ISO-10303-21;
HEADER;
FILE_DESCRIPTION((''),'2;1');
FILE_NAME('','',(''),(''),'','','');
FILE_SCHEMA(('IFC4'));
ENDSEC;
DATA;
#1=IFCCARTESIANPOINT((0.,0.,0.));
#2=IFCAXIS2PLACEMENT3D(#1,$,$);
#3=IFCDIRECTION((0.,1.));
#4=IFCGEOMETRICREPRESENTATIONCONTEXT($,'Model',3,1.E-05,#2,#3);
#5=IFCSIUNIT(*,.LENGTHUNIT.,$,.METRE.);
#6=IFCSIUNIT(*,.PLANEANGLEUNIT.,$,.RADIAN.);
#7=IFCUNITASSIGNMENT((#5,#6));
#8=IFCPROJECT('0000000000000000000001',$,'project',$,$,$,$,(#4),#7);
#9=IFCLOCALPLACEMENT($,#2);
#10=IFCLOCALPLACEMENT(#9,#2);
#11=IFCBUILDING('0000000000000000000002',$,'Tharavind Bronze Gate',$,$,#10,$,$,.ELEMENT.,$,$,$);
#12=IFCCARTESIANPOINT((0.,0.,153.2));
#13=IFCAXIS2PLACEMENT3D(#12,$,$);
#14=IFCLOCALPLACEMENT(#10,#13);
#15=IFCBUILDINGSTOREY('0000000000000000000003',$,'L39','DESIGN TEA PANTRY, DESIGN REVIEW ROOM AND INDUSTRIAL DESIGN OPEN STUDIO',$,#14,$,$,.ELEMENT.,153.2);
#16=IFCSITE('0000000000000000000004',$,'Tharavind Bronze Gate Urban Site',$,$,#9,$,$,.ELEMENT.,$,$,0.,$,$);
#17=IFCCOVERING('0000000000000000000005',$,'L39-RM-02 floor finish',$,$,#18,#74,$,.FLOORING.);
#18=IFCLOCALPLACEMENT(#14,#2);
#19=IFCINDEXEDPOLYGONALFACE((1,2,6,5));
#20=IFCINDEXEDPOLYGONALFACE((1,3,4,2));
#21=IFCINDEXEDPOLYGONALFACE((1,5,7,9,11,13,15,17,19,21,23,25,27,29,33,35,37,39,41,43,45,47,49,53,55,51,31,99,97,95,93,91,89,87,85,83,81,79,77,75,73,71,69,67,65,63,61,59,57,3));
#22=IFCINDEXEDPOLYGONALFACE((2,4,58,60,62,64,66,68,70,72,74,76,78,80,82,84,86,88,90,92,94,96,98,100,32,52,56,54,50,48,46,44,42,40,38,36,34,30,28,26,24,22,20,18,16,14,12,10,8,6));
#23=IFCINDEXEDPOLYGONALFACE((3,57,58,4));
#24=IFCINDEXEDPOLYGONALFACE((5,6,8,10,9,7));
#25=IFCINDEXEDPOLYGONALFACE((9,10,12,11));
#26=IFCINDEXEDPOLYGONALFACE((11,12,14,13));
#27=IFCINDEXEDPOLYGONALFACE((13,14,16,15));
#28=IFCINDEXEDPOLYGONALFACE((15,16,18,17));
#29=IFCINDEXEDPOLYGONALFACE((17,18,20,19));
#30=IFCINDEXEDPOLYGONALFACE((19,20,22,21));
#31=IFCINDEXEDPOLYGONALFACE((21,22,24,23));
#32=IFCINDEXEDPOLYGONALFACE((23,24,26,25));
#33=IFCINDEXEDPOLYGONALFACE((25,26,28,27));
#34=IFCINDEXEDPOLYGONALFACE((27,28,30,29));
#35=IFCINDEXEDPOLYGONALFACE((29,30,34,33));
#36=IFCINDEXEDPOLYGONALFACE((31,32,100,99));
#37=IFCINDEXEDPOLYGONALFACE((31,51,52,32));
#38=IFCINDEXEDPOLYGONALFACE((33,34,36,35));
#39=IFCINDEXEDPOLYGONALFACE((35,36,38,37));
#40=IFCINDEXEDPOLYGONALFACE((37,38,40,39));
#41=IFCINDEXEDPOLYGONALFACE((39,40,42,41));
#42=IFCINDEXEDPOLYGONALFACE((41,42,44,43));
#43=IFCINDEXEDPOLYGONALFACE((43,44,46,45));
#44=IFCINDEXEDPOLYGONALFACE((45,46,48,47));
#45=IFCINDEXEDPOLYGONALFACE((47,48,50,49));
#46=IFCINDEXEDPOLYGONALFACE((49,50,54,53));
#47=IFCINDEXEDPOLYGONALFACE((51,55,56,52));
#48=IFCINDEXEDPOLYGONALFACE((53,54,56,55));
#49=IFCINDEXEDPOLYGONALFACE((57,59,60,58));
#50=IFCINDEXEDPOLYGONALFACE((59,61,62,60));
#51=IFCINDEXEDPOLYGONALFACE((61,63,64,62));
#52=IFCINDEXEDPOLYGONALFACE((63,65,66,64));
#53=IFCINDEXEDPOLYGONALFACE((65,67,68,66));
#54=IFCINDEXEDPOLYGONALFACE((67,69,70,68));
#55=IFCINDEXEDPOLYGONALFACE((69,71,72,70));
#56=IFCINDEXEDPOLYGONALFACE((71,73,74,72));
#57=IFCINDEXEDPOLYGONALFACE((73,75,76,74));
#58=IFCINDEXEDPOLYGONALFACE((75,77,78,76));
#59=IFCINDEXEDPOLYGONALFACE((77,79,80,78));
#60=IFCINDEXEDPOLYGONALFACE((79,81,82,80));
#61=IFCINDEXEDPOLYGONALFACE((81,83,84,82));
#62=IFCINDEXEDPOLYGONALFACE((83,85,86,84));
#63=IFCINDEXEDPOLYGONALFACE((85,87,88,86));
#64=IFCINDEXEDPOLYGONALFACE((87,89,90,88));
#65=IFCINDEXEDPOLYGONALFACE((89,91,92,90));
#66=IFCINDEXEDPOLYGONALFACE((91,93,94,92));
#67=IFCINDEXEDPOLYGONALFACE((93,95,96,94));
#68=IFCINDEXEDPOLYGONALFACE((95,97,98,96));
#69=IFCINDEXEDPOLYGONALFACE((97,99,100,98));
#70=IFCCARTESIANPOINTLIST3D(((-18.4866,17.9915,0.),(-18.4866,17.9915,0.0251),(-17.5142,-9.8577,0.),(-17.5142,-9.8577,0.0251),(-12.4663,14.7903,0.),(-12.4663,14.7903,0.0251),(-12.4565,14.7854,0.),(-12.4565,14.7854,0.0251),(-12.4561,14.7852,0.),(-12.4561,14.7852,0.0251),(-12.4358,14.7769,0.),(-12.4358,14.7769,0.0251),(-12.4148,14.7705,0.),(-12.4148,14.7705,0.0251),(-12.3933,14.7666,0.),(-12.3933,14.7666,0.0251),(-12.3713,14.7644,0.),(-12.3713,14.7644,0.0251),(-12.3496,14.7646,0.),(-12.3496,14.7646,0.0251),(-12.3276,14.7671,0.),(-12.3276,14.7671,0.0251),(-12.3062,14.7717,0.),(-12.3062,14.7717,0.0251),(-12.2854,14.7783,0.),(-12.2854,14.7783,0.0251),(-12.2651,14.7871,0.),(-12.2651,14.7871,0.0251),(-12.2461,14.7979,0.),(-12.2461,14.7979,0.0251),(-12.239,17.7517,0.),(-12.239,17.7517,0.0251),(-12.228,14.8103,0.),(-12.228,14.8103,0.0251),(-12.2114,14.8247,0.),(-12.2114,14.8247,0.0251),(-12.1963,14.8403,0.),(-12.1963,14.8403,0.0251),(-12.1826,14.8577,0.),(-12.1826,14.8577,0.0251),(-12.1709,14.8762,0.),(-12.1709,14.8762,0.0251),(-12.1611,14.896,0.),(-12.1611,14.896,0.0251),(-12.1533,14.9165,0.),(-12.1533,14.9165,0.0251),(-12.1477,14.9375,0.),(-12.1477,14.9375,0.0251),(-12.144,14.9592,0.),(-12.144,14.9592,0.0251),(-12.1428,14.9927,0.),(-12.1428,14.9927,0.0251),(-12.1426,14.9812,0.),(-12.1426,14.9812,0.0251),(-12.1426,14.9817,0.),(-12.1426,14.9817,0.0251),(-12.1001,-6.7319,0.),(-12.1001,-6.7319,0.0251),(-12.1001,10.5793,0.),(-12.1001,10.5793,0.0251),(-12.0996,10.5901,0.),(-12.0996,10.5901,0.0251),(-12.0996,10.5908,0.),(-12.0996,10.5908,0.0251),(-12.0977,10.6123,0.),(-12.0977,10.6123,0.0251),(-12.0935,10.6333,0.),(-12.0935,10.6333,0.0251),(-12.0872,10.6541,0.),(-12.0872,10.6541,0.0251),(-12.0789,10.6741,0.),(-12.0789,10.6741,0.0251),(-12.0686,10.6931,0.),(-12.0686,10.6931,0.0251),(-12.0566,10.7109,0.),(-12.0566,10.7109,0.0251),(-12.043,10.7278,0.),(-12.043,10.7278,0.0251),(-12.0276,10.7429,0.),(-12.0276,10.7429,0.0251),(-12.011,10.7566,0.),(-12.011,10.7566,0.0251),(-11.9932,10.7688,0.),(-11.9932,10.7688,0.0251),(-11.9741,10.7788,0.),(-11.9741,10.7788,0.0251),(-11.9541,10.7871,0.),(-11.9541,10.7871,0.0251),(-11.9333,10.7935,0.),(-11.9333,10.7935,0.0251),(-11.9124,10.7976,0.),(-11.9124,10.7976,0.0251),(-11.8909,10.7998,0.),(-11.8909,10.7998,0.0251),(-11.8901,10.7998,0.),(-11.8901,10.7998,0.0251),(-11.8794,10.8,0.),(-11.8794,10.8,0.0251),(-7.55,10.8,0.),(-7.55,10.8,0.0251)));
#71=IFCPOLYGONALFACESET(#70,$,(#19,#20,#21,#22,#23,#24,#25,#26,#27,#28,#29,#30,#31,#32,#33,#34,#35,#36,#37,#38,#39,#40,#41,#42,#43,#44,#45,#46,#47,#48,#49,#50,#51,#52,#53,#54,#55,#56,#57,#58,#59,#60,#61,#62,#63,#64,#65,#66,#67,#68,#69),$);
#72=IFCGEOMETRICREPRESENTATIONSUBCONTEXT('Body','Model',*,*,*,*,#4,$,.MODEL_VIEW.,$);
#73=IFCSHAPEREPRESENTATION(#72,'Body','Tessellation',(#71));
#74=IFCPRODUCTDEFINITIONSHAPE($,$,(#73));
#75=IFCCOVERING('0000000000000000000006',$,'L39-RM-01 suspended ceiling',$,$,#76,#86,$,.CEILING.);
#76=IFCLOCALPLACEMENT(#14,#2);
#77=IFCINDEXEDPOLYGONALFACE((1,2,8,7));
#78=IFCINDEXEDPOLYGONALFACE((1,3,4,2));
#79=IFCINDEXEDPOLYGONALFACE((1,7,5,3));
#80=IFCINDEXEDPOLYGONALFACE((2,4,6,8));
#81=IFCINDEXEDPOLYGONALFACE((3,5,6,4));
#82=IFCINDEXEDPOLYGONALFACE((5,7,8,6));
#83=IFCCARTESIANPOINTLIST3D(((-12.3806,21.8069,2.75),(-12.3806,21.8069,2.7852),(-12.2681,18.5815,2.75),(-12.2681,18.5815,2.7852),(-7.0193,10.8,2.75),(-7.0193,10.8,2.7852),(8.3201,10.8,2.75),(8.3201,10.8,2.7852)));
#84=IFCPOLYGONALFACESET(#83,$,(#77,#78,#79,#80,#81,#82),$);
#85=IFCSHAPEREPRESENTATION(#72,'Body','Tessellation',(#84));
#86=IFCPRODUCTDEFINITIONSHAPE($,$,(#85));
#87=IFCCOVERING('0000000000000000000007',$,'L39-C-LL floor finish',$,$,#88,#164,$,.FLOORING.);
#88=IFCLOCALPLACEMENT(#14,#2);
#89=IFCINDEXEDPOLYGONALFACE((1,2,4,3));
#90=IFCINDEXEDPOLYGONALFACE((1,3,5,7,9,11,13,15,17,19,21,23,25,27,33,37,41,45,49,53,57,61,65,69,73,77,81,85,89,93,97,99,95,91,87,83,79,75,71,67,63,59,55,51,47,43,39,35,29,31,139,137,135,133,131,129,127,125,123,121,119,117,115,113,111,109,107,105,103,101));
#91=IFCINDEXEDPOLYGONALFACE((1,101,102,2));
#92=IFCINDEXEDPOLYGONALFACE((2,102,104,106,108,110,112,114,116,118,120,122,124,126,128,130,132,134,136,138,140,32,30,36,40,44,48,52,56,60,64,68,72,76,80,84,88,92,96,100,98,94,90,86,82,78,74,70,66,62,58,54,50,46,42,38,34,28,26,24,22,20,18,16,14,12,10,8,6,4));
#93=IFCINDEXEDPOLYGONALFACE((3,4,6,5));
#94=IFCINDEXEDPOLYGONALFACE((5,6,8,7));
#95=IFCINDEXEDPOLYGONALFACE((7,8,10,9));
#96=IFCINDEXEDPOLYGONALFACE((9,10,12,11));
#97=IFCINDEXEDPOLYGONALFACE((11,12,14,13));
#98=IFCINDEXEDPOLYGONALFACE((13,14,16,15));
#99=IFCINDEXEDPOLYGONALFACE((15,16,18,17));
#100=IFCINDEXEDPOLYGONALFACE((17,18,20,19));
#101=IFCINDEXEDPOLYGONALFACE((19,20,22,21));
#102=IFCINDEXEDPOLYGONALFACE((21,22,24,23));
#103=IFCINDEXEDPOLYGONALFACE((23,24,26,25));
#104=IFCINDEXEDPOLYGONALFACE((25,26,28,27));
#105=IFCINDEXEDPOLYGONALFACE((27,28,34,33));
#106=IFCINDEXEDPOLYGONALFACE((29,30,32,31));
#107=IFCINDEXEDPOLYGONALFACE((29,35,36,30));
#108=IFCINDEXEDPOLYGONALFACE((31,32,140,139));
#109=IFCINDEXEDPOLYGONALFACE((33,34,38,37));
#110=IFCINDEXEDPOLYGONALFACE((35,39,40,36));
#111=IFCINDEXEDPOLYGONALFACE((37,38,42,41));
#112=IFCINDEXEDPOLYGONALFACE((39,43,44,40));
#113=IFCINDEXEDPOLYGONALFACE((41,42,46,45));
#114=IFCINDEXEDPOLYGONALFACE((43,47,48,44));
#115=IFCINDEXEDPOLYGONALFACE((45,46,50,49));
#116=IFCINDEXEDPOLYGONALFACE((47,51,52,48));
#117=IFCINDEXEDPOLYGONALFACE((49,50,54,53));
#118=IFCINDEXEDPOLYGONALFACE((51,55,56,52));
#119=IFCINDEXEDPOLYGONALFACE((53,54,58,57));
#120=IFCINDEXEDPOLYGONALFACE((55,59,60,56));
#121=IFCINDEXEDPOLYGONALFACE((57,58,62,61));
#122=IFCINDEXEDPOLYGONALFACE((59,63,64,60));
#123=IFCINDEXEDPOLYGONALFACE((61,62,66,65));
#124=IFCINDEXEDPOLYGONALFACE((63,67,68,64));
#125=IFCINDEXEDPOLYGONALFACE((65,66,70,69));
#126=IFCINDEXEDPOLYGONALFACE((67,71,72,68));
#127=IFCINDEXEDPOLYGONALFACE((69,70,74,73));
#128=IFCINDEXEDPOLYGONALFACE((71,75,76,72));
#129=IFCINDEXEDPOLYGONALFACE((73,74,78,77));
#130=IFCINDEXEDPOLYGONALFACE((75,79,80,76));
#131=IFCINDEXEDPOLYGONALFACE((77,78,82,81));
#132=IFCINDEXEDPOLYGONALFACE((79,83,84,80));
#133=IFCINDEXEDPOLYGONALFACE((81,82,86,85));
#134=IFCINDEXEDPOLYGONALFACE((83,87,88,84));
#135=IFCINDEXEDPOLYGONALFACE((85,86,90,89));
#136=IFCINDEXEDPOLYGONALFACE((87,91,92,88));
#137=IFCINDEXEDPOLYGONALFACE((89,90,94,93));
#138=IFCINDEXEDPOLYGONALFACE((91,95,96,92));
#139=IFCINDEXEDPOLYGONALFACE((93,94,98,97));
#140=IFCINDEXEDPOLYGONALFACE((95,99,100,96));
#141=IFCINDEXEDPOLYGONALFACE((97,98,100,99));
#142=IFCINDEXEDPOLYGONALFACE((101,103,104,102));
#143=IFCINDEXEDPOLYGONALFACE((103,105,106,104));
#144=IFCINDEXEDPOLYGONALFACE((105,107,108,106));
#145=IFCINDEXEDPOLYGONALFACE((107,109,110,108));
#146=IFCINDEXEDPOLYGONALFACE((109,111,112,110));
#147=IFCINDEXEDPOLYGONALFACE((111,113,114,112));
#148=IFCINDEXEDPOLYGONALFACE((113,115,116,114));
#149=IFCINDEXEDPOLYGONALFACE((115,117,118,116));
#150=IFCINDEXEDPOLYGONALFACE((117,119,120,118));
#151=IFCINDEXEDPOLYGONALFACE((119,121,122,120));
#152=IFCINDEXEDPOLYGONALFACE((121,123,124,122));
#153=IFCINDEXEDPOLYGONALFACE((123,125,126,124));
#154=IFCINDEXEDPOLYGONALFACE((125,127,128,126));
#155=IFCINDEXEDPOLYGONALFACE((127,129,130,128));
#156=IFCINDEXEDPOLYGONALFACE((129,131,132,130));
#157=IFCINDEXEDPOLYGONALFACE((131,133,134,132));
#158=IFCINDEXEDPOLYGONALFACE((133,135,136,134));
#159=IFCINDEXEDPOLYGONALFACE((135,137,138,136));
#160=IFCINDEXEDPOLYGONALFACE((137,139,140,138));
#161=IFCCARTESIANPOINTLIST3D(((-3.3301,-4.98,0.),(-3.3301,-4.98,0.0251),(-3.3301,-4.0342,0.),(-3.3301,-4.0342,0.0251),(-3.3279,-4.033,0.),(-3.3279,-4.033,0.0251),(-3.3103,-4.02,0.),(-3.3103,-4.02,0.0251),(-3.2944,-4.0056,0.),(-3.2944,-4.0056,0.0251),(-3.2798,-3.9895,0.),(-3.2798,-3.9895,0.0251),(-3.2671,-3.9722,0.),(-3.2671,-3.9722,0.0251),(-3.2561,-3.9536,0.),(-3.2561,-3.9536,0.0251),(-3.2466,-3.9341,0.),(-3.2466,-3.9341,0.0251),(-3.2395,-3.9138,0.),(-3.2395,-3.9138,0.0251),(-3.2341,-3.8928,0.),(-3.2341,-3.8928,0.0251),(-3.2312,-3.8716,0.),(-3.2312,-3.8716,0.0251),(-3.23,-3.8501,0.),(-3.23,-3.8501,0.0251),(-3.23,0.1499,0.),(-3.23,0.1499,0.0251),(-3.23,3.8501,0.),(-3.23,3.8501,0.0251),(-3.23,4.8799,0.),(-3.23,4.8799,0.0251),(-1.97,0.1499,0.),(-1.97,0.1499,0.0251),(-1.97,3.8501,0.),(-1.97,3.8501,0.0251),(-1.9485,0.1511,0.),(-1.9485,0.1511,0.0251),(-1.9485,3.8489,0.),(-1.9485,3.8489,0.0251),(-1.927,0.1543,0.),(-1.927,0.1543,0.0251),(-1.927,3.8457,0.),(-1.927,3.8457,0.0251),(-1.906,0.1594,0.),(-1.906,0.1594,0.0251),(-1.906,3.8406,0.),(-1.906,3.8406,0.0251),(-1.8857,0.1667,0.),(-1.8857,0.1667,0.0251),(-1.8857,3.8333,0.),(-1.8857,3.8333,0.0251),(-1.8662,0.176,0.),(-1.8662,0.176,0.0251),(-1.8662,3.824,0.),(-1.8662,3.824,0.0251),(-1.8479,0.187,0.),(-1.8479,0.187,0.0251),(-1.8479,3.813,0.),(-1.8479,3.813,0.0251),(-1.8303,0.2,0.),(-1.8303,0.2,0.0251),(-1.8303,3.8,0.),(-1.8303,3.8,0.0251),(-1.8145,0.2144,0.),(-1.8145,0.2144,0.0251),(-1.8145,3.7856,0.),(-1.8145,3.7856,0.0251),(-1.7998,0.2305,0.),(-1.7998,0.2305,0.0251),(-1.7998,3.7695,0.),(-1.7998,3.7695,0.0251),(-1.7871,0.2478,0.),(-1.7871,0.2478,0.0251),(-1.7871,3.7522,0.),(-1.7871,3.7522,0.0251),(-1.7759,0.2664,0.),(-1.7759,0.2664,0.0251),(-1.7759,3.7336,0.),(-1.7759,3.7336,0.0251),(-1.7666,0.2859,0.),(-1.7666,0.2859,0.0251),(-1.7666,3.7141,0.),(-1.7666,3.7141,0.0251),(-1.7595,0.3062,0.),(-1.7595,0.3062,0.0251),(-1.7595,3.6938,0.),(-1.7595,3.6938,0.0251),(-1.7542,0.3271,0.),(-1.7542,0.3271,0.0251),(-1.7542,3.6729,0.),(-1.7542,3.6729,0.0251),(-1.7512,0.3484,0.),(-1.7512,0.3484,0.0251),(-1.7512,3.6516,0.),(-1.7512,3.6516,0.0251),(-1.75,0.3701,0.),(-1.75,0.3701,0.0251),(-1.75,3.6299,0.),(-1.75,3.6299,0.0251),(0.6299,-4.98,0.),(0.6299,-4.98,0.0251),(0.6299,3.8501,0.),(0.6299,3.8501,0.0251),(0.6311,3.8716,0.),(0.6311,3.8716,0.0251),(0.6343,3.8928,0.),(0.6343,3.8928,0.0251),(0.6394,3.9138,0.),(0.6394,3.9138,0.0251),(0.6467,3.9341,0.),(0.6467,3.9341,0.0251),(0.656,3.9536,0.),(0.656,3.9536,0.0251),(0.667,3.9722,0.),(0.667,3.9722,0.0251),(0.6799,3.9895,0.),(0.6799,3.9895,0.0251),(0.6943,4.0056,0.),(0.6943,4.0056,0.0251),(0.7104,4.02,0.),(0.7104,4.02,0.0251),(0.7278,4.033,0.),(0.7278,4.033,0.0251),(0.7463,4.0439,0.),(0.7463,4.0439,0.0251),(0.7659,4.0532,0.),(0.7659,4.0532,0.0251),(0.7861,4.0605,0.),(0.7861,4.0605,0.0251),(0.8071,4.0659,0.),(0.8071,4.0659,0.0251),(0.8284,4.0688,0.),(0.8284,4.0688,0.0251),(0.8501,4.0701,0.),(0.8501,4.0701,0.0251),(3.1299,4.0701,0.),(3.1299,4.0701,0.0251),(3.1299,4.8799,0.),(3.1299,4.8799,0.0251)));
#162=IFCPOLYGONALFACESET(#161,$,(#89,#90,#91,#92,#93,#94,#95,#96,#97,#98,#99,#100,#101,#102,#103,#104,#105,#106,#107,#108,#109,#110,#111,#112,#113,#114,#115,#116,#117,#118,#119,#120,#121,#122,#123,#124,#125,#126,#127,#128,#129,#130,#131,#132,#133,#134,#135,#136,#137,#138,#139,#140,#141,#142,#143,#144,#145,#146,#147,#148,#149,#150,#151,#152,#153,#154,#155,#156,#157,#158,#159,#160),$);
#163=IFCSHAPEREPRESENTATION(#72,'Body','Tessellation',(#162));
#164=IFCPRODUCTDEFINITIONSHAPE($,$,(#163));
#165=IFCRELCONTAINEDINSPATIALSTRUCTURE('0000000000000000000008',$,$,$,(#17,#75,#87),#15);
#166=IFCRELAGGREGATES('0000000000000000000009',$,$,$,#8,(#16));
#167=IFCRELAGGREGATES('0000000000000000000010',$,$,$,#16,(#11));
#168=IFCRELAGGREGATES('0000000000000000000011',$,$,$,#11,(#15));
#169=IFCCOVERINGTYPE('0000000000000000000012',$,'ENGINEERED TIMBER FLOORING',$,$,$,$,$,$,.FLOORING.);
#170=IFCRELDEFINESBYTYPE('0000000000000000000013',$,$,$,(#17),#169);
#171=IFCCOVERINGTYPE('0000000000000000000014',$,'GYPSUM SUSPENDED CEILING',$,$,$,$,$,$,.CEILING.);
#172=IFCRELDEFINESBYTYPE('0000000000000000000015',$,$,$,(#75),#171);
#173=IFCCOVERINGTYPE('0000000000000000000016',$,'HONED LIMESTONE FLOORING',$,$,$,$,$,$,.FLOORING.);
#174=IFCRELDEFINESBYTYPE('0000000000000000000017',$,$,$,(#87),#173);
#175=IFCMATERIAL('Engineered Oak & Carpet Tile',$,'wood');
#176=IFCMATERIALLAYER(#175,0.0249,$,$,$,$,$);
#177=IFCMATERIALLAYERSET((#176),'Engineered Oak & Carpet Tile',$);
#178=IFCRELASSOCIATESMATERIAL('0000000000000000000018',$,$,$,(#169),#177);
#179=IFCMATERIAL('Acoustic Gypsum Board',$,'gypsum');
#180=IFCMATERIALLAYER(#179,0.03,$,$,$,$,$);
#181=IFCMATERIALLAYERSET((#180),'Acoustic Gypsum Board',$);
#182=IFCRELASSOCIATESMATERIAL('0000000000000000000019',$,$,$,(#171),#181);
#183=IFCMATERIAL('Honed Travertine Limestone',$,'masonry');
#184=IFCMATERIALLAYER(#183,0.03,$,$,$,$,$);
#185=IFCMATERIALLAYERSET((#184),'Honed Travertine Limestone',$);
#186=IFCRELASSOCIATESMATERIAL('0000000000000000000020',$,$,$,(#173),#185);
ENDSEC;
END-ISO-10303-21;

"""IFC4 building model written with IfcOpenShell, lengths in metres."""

from ifc_helpers import new_model, si_unit, direction, frame, origin, place, context, subcontext, project, spatial, polyline, outline, extrude, material, layer, layer_set, type_object, element, save


model = new_model("IFC4")

# Units and contexts
model_context = context("Model", 3, precision=1e-05, world=origin(), true_north=direction((0.0, 1.0)))
body_context = subcontext(model_context, "Body", "Model", "MODEL_VIEW")
ifc_project = project(units=[si_unit("LENGTHUNIT", "METRE"), si_unit("PLANEANGLEUNIT", "RADIAN")], contexts=[model_context])

# Site, building, storey
site_placement = place(None, origin())
site = spatial("IfcSite", under=ifc_project, at=site_placement, Name="Tharavind Bronze Gate Urban Site", CompositionType="ELEMENT", RefElevation=0.0)
building_placement = place(site_placement, origin())
building = spatial("IfcBuilding", under=site, at=building_placement, Name="Tharavind Bronze Gate", CompositionType="ELEMENT")
storey_placement = place(building_placement, frame((0.0, 0.0, 153.2)))
storey = spatial("IfcBuildingStorey", under=building, at=storey_placement, Name="L39", Description="DESIGN TEA PANTRY, DESIGN REVIEW ROOM AND INDUSTRIAL DESIGN OPEN STUDIO", CompositionType="ELEMENT", Elevation=153.2)

# Coverings
ifc_material_1 = material(Name="Engineered Oak & Carpet Tile", Category="wood")
ifc_layer_1 = layer(ifc_material_1, 0.0249)
ifc_layer_set_1 = layer_set([ifc_layer_1], Name="Engineered Oak & Carpet Tile")
covering_type_1 = type_object("IfcCoveringType", Name="ENGINEERED TIMBER FLOORING", PredefinedType="FLOORING", material=ifc_layer_set_1)
covering_1_placement = place(storey_placement, origin())
element("IfcCovering", 1, at=covering_1_placement, inside=storey, type_object=covering_type_1, Name="L39-RM-02 floor finish", PredefinedType="FLOORING", context=body_context, shape_type="SweptSolid", body=[
    extrude(outline(polyline([(-17.5142, -9.8577), (-12.1001, -6.7319), (-12.1001, 10.5793), (-12.0996, 10.5901), (-12.0996, 10.5908), (-12.0977, 10.6123), (-12.0935, 10.6333), (-12.0872, 10.6541), (-12.0789, 10.6741), (-12.0686, 10.6931), (-12.0566, 10.7109), (-12.043, 10.7278), (-12.0276, 10.7429), (-12.011, 10.7566), (-11.9932, 10.7688), (-11.9741, 10.7788), (-11.9541, 10.7871), (-11.9333, 10.7935), (-11.9124, 10.7976), (-11.8909, 10.7998), (-11.8901, 10.7998), (-11.8794, 10.8), (-7.55, 10.8), (-12.239, 17.7517), (-12.1428, 14.9927), (-12.1426, 14.9817), (-12.1426, 14.9812), (-12.144, 14.9592), (-12.1477, 14.9375), (-12.1533, 14.9165), (-12.1611, 14.896), (-12.1709, 14.8762), (-12.1826, 14.8577), (-12.1963, 14.8403), (-12.2114, 14.8247), (-12.228, 14.8103), (-12.2461, 14.7979), (-12.2651, 14.7871), (-12.2854, 14.7783), (-12.3062, 14.7717), (-12.3276, 14.7671), (-12.3496, 14.7646), (-12.3713, 14.7644), (-12.3933, 14.7666), (-12.4148, 14.7705), (-12.4358, 14.7769), (-12.4561, 14.7852), (-12.4565, 14.7854), (-12.4663, 14.7903), (-18.4866, 17.9915), (-17.5142, -9.8577)])), origin(), (0.0, 0.0, 1.0), 0.0251),
])
ifc_material_2 = material(Name="Acoustic Gypsum Board", Category="gypsum")
ifc_layer_2 = layer(ifc_material_2, 0.03)
ifc_layer_set_2 = layer_set([ifc_layer_2], Name="Acoustic Gypsum Board")
covering_type_2 = type_object("IfcCoveringType", Name="GYPSUM SUSPENDED CEILING", PredefinedType="CEILING", material=ifc_layer_set_2)
covering_2_placement = place(storey_placement, frame((0.0, 0.0, 2.75)))
element("IfcCovering", 2, at=covering_2_placement, inside=storey, type_object=covering_type_2, Name="L39-RM-01 suspended ceiling", PredefinedType="CEILING", context=body_context, shape_type="SweptSolid", body=[
    extrude(outline(polyline([(-12.2681, 18.5815), (-7.0193, 10.8), (8.3201, 10.8), (-12.3806, 21.8069), (-12.2681, 18.5815)])), origin(), (0.0, 0.0, 1.0), 0.0352),
])
ifc_material_3 = material(Name="Honed Travertine Limestone", Category="masonry")
ifc_layer_3 = layer(ifc_material_3, 0.03)
ifc_layer_set_3 = layer_set([ifc_layer_3], Name="Honed Travertine Limestone")
covering_type_3 = type_object("IfcCoveringType", Name="HONED LIMESTONE FLOORING", PredefinedType="FLOORING", material=ifc_layer_set_3)
covering_3_placement = place(storey_placement, origin())
element("IfcCovering", 3, at=covering_3_placement, inside=storey, type_object=covering_type_3, Name="L39-C-LL floor finish", PredefinedType="FLOORING", context=body_context, shape_type="SweptSolid", body=[
    extrude(outline(polyline([(-3.3301, -4.98), (0.6299, -4.98), (0.6299, 3.8501), (0.6311, 3.8716), (0.6343, 3.8928), (0.6394, 3.9138), (0.6467, 3.9341), (0.656, 3.9536), (0.667, 3.9722), (0.6799, 3.9895), (0.6943, 4.0056), (0.7104, 4.02), (0.7278, 4.033), (0.7463, 4.0439), (0.7659, 4.0532), (0.7861, 4.0605), (0.8071, 4.0659), (0.8284, 4.0688), (0.8501, 4.0701), (3.1299, 4.0701), (3.1299, 4.8799), (-3.23, 4.8799), (-3.23, 3.8501), (-1.97, 3.8501), (-1.9485, 3.8489), (-1.927, 3.8457), (-1.906, 3.8406), (-1.8857, 3.8333), (-1.8662, 3.824), (-1.8479, 3.813), (-1.8303, 3.8), (-1.8145, 3.7856), (-1.7998, 3.7695), (-1.7871, 3.7522), (-1.7759, 3.7336), (-1.7666, 3.7141), (-1.7595, 3.6938), (-1.7542, 3.6729), (-1.7512, 3.6516), (-1.75, 3.6299), (-1.75, 0.3701), (-1.7512, 0.3484), (-1.7542, 0.3271), (-1.7595, 0.3062), (-1.7666, 0.2859), (-1.7759, 0.2664), (-1.7871, 0.2478), (-1.7998, 0.2305), (-1.8145, 0.2144), (-1.8303, 0.2), (-1.8479, 0.187), (-1.8662, 0.176), (-1.8857, 0.1667), (-1.906, 0.1594), (-1.927, 0.1543), (-1.9485, 0.1511), (-1.97, 0.1499), (-3.23, 0.1499), (-3.23, -3.8501), (-3.2312, -3.8716), (-3.2341, -3.8928), (-3.2395, -3.9138), (-3.2466, -3.9341), (-3.2561, -3.9536), (-3.2671, -3.9722), (-3.2798, -3.9895), (-3.2944, -4.0056), (-3.3103, -4.02), (-3.3279, -4.033), (-3.3301, -4.0342), (-3.3301, -4.98)])), origin(), (0.0, 0.0, 1.0), 0.0251),
])

save(model, "model.ifc")
